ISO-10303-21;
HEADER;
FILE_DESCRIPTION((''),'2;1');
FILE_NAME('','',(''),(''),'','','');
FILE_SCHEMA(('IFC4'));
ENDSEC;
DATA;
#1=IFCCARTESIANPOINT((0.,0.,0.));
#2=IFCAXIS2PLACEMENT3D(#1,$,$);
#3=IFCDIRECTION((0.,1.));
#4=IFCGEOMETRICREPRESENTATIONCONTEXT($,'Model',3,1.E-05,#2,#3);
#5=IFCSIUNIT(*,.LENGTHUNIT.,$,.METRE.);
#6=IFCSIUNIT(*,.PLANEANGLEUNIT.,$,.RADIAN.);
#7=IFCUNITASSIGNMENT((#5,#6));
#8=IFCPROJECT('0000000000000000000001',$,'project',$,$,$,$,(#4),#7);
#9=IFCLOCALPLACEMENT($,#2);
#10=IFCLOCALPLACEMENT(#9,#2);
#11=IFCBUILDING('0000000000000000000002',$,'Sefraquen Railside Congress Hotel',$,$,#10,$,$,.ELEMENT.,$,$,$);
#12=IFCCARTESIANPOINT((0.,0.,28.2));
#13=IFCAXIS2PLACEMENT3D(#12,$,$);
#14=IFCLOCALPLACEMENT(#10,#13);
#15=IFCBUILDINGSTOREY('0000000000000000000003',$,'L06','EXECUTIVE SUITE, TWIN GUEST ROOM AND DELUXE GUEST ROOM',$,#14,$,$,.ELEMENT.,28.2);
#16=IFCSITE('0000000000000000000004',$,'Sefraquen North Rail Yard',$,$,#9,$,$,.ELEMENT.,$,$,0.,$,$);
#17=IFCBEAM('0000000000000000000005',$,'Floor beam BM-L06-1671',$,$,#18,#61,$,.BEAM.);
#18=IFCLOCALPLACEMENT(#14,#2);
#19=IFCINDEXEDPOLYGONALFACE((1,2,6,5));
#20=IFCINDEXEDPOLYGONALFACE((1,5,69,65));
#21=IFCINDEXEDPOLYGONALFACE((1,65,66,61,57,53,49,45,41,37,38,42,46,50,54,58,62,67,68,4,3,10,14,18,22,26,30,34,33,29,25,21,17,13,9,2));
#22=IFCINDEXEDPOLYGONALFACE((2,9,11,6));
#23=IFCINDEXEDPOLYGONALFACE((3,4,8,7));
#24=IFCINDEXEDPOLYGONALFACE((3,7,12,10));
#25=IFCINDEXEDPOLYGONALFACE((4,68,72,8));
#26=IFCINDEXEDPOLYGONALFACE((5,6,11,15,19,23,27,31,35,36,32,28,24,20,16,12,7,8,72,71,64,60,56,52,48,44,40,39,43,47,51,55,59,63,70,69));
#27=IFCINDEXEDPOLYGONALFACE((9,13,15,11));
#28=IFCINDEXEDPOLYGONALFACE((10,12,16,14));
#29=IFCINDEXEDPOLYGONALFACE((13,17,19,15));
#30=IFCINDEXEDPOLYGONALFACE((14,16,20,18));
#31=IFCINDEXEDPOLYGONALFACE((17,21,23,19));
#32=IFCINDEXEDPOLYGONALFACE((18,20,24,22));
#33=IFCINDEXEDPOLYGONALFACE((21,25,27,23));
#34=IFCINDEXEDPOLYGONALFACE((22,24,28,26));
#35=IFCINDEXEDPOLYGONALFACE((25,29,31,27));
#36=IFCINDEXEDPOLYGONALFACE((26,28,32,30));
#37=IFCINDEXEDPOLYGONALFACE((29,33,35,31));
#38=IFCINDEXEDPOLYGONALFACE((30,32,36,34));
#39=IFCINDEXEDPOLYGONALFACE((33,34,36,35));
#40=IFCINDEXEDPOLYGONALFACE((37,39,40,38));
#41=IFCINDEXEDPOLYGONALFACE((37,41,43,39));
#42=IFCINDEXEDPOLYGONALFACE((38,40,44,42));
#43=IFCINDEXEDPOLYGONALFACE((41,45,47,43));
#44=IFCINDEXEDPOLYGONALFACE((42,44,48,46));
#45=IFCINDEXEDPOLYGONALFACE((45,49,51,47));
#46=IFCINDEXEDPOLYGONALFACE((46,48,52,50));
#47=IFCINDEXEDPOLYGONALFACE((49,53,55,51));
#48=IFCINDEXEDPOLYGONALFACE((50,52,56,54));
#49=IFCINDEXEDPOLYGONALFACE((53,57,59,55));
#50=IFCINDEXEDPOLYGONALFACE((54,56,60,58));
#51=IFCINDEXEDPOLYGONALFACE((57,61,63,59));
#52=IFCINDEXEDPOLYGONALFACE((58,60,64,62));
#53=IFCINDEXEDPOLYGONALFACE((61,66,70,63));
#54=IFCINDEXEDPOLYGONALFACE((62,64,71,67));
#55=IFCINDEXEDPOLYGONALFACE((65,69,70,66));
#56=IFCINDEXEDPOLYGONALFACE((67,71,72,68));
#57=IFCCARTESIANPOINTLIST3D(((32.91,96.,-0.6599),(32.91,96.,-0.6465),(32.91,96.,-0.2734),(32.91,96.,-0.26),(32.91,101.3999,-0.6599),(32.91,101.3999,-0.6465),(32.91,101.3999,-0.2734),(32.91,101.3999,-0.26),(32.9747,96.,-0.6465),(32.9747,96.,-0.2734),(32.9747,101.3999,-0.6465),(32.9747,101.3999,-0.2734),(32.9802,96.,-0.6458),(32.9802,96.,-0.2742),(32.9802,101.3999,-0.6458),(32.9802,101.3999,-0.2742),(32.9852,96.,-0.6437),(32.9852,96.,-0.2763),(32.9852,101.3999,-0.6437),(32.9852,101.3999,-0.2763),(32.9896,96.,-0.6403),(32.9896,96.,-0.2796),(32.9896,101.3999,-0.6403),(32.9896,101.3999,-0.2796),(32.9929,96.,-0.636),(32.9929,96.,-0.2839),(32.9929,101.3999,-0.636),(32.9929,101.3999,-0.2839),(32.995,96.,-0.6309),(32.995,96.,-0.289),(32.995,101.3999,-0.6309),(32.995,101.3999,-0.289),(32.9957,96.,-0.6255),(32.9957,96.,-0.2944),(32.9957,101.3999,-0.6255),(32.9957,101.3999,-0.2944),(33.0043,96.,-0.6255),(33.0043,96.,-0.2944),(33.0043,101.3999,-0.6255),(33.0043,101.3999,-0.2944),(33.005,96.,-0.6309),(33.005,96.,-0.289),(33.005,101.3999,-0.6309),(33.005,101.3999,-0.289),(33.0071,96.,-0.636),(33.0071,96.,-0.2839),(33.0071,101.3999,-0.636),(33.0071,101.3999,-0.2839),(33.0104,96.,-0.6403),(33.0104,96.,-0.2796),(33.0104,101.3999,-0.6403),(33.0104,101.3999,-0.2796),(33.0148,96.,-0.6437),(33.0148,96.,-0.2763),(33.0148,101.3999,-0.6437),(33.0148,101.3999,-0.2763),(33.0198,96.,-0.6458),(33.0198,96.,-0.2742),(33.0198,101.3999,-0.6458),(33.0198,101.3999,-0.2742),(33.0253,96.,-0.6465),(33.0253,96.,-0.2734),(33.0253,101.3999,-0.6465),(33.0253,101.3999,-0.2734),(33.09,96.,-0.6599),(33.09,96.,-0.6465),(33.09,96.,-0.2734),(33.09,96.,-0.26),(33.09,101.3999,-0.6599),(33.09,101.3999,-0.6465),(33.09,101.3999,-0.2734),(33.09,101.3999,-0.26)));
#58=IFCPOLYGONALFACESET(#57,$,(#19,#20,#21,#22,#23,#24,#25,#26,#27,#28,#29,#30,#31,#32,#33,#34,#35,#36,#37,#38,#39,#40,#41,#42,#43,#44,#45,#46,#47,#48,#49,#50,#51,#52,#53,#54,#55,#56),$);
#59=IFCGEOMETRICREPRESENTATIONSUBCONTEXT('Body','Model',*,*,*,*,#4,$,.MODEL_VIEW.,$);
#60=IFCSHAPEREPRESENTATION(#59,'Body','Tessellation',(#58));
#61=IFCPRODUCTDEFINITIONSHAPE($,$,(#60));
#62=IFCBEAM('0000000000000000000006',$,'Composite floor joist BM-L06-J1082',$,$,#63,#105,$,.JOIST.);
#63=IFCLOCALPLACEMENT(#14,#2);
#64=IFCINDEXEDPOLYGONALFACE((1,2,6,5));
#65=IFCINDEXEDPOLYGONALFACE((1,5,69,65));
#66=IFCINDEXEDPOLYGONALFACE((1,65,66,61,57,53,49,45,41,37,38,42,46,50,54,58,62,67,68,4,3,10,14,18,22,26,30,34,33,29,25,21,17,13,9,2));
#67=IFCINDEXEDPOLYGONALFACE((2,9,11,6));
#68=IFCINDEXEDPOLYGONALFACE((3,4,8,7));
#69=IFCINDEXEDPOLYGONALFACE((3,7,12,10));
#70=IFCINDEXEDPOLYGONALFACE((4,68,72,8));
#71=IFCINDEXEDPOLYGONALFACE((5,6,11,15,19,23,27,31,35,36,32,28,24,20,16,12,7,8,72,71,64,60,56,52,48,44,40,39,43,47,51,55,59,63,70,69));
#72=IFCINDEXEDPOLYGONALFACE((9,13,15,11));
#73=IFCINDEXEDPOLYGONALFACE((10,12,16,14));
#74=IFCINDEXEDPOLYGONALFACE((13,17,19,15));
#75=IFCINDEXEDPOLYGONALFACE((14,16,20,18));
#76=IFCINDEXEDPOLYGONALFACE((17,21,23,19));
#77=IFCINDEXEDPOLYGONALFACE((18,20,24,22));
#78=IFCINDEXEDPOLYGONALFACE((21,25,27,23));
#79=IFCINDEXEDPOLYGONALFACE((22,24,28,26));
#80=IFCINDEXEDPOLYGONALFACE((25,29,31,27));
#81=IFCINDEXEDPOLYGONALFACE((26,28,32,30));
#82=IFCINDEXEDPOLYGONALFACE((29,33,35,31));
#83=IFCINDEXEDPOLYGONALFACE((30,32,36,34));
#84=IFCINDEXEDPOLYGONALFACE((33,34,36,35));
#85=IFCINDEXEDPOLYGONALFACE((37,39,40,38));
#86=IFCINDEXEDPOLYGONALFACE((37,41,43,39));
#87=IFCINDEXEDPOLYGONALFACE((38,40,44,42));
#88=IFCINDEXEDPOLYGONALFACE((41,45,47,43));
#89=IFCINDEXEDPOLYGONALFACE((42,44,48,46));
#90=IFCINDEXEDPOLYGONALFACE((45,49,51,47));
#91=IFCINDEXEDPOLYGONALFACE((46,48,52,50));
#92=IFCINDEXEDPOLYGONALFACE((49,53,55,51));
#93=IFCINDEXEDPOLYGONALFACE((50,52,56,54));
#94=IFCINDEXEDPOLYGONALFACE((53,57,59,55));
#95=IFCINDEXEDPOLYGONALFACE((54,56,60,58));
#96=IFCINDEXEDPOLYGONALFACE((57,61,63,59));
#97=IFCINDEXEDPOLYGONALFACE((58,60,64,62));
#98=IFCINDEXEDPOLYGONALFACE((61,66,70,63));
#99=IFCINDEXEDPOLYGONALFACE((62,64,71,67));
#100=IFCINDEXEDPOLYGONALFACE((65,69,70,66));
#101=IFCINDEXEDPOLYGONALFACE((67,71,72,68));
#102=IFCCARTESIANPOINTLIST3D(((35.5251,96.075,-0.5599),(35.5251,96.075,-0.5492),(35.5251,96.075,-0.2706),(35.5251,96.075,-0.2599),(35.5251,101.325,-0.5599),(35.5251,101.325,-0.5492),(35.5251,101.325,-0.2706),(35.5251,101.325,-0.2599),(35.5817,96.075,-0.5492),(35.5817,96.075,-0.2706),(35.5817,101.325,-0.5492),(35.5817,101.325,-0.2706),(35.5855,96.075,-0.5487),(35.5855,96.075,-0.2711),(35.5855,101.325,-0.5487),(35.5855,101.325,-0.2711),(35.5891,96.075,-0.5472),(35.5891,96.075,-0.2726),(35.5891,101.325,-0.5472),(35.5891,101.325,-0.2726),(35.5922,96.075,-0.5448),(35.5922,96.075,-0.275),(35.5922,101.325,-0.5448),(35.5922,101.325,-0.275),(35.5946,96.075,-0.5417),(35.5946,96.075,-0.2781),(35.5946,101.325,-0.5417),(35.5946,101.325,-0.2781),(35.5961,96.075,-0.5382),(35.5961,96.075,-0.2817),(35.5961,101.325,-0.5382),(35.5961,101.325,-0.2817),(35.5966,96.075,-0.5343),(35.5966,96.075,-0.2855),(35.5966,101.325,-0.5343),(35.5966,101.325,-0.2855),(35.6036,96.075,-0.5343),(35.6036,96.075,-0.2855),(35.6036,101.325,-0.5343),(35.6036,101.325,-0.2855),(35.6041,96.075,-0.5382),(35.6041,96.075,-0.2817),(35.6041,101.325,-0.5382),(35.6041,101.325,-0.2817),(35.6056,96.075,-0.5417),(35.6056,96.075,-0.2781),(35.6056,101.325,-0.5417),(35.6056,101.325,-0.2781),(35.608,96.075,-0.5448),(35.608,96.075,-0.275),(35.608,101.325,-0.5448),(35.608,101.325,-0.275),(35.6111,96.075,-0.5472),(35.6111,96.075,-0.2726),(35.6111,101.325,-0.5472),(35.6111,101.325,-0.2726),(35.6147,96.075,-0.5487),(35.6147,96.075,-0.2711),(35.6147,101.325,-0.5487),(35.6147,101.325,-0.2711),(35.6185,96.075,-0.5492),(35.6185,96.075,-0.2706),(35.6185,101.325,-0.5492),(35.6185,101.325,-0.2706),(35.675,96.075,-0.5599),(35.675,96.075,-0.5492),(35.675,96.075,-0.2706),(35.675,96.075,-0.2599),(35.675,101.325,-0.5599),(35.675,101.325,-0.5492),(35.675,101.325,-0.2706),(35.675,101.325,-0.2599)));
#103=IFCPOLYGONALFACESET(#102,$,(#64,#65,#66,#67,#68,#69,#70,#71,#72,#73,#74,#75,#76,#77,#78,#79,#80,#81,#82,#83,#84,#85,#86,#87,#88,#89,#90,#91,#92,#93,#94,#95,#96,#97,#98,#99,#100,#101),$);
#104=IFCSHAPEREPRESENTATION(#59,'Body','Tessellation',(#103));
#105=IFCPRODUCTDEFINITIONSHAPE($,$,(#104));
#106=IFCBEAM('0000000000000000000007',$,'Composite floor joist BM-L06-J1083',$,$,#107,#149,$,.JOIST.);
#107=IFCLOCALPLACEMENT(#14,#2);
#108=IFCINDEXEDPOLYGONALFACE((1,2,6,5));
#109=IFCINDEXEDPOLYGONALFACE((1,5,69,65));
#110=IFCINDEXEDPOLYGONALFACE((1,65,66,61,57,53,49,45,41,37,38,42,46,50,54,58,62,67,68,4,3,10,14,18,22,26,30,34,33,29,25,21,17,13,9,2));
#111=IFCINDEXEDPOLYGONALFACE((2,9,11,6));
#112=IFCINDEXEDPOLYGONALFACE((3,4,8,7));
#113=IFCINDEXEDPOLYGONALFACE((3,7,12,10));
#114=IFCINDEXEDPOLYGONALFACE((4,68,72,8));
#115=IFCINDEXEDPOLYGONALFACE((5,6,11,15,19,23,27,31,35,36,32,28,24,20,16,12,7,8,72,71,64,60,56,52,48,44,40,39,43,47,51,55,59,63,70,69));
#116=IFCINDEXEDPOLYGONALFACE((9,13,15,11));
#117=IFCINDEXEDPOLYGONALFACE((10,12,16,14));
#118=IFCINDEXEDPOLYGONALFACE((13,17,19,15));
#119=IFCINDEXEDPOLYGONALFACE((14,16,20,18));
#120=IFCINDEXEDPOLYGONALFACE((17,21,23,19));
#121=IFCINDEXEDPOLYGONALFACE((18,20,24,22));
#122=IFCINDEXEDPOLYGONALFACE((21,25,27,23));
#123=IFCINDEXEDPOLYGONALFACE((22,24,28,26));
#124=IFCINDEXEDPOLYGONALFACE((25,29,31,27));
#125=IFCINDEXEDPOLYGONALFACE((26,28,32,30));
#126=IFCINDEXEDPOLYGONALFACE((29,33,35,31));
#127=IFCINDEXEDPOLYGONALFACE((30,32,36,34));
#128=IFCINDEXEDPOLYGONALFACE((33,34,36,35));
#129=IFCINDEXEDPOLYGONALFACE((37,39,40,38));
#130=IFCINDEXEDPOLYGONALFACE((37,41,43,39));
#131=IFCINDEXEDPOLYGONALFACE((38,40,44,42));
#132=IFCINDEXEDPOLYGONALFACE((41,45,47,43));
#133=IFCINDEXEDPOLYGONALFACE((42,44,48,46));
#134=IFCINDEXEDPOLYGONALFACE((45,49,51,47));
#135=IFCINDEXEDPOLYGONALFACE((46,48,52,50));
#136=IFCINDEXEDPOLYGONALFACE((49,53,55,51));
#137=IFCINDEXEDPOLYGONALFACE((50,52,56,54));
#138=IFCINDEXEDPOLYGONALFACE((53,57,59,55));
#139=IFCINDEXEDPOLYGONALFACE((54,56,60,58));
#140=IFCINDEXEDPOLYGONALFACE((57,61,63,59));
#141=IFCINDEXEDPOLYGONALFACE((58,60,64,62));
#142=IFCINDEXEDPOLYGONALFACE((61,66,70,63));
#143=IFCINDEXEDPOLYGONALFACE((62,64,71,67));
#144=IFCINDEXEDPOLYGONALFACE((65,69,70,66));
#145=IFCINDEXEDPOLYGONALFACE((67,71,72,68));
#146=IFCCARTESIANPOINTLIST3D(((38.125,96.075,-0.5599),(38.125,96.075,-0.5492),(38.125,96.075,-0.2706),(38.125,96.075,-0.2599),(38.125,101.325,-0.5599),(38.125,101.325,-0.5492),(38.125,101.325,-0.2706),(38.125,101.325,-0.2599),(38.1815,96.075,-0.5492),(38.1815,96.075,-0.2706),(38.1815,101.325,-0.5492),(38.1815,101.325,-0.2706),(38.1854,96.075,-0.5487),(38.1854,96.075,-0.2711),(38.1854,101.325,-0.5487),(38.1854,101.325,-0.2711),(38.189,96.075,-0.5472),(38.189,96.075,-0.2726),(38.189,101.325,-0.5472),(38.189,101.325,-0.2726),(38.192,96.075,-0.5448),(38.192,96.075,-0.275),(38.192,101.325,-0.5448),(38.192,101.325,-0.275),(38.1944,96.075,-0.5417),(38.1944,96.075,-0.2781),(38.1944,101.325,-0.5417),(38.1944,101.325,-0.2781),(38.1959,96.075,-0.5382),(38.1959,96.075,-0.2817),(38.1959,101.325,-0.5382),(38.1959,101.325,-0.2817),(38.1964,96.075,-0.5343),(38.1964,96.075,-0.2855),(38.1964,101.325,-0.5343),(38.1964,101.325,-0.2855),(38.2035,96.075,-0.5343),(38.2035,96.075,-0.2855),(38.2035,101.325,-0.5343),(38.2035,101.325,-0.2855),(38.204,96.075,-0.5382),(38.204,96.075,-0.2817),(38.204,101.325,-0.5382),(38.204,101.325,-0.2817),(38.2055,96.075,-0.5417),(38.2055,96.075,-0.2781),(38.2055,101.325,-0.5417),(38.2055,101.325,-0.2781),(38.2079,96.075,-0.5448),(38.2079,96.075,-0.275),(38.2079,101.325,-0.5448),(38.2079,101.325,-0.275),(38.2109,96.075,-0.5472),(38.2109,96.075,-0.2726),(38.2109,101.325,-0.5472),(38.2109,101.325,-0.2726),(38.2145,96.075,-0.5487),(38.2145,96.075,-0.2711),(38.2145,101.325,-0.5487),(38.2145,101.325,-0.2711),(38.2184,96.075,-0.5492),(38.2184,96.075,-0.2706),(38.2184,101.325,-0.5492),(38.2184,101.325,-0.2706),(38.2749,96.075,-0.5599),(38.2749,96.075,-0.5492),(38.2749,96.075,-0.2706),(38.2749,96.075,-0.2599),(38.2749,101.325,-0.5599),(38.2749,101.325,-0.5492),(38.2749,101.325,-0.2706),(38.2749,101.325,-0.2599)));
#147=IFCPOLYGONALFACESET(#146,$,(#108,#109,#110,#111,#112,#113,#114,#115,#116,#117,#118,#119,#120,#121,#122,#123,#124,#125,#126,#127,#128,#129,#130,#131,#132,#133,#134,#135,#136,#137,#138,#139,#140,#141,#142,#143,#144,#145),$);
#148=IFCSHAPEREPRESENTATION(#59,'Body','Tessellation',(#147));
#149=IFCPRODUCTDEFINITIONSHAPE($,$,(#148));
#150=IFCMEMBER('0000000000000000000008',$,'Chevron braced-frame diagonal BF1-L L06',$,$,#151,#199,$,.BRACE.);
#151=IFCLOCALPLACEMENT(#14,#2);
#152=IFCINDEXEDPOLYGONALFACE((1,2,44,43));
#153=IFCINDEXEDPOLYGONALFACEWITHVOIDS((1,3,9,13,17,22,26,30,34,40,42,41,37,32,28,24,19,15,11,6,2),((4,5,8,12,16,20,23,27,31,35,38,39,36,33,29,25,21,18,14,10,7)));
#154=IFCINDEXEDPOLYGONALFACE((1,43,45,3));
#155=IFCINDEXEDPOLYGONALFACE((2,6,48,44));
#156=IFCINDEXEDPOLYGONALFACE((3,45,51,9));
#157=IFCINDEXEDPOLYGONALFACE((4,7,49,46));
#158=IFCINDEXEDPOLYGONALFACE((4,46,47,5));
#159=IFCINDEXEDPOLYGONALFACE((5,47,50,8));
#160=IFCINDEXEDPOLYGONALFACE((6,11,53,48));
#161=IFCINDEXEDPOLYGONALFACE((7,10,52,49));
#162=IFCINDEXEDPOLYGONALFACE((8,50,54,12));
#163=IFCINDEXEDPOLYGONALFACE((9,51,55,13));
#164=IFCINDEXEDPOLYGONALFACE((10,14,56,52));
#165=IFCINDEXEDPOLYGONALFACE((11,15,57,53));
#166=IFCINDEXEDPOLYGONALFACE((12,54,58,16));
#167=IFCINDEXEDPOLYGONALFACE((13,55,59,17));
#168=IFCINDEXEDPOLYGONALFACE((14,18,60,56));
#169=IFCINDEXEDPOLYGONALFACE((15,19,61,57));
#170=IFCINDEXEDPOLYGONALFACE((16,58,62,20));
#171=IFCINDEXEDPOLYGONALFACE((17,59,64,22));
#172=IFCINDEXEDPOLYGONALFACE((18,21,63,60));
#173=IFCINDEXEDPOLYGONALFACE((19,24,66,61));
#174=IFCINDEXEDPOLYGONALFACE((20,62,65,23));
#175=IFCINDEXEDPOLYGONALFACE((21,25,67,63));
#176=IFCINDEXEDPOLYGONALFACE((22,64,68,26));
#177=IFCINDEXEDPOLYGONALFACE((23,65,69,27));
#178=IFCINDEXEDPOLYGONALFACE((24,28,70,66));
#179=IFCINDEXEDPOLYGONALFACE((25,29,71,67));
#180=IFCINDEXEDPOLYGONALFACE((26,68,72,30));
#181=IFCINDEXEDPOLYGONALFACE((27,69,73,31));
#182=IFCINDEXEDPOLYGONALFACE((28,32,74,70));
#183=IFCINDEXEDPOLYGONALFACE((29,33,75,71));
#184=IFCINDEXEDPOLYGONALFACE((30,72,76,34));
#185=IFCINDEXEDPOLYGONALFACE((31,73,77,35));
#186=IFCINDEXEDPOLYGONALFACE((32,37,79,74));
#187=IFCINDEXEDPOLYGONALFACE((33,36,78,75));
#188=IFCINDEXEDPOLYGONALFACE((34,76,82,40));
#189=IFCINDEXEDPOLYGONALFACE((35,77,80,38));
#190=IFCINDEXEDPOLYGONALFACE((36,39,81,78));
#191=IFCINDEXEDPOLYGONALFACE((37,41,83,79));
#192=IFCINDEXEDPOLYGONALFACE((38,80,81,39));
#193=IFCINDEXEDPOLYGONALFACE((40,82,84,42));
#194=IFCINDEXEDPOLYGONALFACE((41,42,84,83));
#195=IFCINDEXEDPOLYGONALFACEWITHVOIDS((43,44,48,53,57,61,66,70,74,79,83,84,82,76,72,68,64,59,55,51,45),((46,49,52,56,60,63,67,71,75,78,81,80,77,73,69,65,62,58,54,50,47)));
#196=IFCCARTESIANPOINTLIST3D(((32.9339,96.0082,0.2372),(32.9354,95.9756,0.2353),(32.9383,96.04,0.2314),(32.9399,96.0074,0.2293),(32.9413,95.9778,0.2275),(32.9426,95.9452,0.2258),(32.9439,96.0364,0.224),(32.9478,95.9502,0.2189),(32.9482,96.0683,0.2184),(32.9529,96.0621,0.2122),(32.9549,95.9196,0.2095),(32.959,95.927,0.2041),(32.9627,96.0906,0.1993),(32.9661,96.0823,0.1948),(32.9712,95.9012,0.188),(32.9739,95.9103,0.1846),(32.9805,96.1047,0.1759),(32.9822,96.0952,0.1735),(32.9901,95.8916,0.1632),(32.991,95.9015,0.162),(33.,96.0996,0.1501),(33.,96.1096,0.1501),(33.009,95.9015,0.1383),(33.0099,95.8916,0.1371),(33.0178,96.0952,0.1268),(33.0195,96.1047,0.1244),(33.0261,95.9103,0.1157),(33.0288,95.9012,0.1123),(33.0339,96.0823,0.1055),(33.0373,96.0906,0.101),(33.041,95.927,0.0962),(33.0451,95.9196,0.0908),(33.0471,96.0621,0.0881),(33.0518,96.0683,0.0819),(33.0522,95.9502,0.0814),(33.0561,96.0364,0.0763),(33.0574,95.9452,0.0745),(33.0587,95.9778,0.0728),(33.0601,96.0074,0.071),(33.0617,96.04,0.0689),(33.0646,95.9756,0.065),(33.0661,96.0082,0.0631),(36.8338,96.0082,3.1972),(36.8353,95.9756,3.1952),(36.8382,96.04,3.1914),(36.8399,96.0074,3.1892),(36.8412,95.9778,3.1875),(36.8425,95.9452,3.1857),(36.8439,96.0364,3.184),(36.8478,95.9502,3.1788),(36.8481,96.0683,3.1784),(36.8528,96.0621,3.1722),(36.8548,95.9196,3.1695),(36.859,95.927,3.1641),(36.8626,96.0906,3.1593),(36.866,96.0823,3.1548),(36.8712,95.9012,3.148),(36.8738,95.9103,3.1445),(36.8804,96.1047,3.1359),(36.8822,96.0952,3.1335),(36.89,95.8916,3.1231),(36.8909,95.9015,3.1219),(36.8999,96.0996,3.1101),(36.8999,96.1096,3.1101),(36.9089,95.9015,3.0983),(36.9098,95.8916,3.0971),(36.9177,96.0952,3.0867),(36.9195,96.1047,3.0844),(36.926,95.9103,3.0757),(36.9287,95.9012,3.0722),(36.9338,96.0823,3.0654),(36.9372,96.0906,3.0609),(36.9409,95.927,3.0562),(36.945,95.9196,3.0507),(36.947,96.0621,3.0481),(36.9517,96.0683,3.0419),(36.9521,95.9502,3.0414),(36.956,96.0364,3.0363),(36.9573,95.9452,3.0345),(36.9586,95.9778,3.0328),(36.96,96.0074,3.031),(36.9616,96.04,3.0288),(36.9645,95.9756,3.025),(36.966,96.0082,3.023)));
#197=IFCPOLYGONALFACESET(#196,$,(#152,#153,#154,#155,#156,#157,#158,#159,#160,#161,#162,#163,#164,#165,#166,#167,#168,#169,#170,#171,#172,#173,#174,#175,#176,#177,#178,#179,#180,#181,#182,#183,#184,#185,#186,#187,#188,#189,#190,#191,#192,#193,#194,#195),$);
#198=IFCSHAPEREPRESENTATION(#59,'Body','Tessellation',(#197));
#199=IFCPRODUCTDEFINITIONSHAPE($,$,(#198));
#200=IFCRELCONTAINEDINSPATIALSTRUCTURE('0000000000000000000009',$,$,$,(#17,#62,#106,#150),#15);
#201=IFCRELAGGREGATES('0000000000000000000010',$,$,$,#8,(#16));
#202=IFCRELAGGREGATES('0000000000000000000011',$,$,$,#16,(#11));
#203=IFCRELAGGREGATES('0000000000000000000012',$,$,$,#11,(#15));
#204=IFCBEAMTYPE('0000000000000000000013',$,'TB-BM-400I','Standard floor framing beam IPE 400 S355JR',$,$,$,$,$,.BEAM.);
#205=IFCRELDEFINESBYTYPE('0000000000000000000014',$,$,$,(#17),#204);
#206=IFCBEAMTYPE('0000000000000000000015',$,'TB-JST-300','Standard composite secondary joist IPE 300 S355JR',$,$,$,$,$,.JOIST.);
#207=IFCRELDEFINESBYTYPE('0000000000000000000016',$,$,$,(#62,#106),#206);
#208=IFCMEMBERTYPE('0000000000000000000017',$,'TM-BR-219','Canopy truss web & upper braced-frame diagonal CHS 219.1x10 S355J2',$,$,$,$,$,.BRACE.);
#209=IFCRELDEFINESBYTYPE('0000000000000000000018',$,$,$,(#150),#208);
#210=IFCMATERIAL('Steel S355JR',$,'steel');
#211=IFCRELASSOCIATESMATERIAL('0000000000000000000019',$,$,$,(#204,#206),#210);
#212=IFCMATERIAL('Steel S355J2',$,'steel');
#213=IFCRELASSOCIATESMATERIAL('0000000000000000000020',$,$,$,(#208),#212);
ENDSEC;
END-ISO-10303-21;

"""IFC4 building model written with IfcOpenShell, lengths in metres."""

from ifc_helpers import new_model, si_unit, direction, frame, origin, origin_2d, place, context, subcontext, project, spatial, hollow_circle, i_section, extrude, material, material_profile, profile_set, type_object, element, save


model = new_model("IFC4")

# Units and contexts
model_context = context("Model", 3, precision=1e-05, world=origin(), true_north=direction((0.0, 1.0)))
body_context = subcontext(model_context, "Body", "Model", "MODEL_VIEW")
ifc_project = project(units=[si_unit("LENGTHUNIT", "METRE"), si_unit("PLANEANGLEUNIT", "RADIAN")], contexts=[model_context])

# Site, building, storey
site_placement = place(None, origin())
site = spatial("IfcSite", under=ifc_project, at=site_placement, Name="Sefraquen North Rail Yard", CompositionType="ELEMENT", RefElevation=0.0)
building_placement = place(site_placement, origin())
building = spatial("IfcBuilding", under=site, at=building_placement, Name="Sefraquen Railside Congress Hotel", CompositionType="ELEMENT")
storey_placement = place(building_placement, frame((0.0, 0.0, 28.2)))
storey = spatial("IfcBuildingStorey", under=building, at=storey_placement, Name="L06", Description="EXECUTIVE SUITE, TWIN GUEST ROOM AND DELUXE GUEST ROOM", CompositionType="ELEMENT", Elevation=28.2)

# Beams
ifc_material_1 = material(Name="Steel S355JR", Category="steel")
ifc_material_profile_1 = material_profile(ifc_material_1, i_section(OverallWidth=0.1799, OverallDepth=0.3999, WebThickness=0.0085, FlangeThickness=0.0134, FilletRadius=0.021, at=origin_2d()), Name="IPE 400")
ifc_profile_set_1 = profile_set([ifc_material_profile_1], Name="Steel S355JR")
beam_type_1 = type_object("IfcBeamType", Name="TB-BM-400I", Description="Standard floor framing beam IPE 400 S355JR", PredefinedType="BEAM", material=ifc_profile_set_1)
beam_placement = place(storey_placement, frame((33.0, 96.0, -0.46), z_axis=(0.0, 1.0, 0.0), x_axis=(-1.0, 0.0, 0.0)))
element("IfcBeam", 1, at=beam_placement, inside=storey, type_object=beam_type_1, Name="Floor beam BM-L06-1671", PredefinedType="BEAM", context=body_context, shape_type="SweptSolid", body=[
    extrude(i_section(OverallWidth=0.1799, OverallDepth=0.3999, WebThickness=0.0085, FlangeThickness=0.0134, FilletRadius=0.021, at=origin_2d()), origin(), (0.0, 0.0, 1.0), 5.3999),
])
ifc_material_profile_2 = material_profile(ifc_material_1, i_section(OverallWidth=0.1499, OverallDepth=0.3, WebThickness=0.0071, FlangeThickness=0.0107, FilletRadius=0.0149, at=origin_2d()), Name="IPE 300")
ifc_profile_set_2 = profile_set([ifc_material_profile_2], Name="Steel S355JR")
beam_type_2 = type_object("IfcBeamType", Name="TB-JST-300", Description="Standard composite secondary joist IPE 300 S355JR", PredefinedType="JOIST", material=ifc_profile_set_2)
for number, where, z_axis, x_axis, name in (
    (2, (35.6001, 96.075, -0.4099), (0.0, 1.0, 0.0), (-1.0, 0.0, 0.0), "Composite floor joist BM-L06-J1082"),
    (3, (38.2, 96.075, -0.4099), (0.0, 1.0, 0.0), (-1.0, 0.0, 0.0), "Composite floor joist BM-L06-J1083"),
):
    element("IfcBeam", number, at=place(storey_placement, frame(where, z_axis=z_axis, x_axis=x_axis)), inside=storey, type_object=beam_type_2, Name=name, PredefinedType="JOIST", context=body_context, shape_type="SweptSolid", body=[
        extrude(i_section(OverallWidth=0.1499, OverallDepth=0.3, WebThickness=0.0071, FlangeThickness=0.0107, FilletRadius=0.0149, at=origin_2d()), origin(), (0.0, 0.0, 1.0), 5.25),
    ])

# Member
ifc_material_2 = material(Name="Steel S355J2", Category="steel")
ifc_material_profile_3 = material_profile(ifc_material_2, hollow_circle(Radius=0.1096, WallThickness=0.01, at=origin_2d()), Name="CHS 219.1x10")
ifc_profile_set_3 = profile_set([ifc_material_profile_3], Name="Steel S355J2")
member_type = type_object("IfcMemberType", Name="TM-BR-219", Description="Canopy truss web & upper braced-frame diagonal CHS 219.1x10 S355J2", PredefinedType="BRACE", material=ifc_profile_set_3)
member_placement = place(storey_placement, frame((33.0, 96.0, 0.1501), z_axis=(0.796552, 0.0, 0.60457), x_axis=(0.0, 1.0, 0.0)))
element("IfcMember", 4, at=member_placement, inside=storey, type_object=member_type, Name="Chevron braced-frame diagonal BF1-L L06", PredefinedType="BRACE", context=body_context, shape_type="SweptSolid", body=[
    extrude(hollow_circle(Radius=0.1096, WallThickness=0.01, at=origin_2d()), origin(), (0.0, 0.0, 1.0), 4.896),
])

save(model, "model.ifc")
